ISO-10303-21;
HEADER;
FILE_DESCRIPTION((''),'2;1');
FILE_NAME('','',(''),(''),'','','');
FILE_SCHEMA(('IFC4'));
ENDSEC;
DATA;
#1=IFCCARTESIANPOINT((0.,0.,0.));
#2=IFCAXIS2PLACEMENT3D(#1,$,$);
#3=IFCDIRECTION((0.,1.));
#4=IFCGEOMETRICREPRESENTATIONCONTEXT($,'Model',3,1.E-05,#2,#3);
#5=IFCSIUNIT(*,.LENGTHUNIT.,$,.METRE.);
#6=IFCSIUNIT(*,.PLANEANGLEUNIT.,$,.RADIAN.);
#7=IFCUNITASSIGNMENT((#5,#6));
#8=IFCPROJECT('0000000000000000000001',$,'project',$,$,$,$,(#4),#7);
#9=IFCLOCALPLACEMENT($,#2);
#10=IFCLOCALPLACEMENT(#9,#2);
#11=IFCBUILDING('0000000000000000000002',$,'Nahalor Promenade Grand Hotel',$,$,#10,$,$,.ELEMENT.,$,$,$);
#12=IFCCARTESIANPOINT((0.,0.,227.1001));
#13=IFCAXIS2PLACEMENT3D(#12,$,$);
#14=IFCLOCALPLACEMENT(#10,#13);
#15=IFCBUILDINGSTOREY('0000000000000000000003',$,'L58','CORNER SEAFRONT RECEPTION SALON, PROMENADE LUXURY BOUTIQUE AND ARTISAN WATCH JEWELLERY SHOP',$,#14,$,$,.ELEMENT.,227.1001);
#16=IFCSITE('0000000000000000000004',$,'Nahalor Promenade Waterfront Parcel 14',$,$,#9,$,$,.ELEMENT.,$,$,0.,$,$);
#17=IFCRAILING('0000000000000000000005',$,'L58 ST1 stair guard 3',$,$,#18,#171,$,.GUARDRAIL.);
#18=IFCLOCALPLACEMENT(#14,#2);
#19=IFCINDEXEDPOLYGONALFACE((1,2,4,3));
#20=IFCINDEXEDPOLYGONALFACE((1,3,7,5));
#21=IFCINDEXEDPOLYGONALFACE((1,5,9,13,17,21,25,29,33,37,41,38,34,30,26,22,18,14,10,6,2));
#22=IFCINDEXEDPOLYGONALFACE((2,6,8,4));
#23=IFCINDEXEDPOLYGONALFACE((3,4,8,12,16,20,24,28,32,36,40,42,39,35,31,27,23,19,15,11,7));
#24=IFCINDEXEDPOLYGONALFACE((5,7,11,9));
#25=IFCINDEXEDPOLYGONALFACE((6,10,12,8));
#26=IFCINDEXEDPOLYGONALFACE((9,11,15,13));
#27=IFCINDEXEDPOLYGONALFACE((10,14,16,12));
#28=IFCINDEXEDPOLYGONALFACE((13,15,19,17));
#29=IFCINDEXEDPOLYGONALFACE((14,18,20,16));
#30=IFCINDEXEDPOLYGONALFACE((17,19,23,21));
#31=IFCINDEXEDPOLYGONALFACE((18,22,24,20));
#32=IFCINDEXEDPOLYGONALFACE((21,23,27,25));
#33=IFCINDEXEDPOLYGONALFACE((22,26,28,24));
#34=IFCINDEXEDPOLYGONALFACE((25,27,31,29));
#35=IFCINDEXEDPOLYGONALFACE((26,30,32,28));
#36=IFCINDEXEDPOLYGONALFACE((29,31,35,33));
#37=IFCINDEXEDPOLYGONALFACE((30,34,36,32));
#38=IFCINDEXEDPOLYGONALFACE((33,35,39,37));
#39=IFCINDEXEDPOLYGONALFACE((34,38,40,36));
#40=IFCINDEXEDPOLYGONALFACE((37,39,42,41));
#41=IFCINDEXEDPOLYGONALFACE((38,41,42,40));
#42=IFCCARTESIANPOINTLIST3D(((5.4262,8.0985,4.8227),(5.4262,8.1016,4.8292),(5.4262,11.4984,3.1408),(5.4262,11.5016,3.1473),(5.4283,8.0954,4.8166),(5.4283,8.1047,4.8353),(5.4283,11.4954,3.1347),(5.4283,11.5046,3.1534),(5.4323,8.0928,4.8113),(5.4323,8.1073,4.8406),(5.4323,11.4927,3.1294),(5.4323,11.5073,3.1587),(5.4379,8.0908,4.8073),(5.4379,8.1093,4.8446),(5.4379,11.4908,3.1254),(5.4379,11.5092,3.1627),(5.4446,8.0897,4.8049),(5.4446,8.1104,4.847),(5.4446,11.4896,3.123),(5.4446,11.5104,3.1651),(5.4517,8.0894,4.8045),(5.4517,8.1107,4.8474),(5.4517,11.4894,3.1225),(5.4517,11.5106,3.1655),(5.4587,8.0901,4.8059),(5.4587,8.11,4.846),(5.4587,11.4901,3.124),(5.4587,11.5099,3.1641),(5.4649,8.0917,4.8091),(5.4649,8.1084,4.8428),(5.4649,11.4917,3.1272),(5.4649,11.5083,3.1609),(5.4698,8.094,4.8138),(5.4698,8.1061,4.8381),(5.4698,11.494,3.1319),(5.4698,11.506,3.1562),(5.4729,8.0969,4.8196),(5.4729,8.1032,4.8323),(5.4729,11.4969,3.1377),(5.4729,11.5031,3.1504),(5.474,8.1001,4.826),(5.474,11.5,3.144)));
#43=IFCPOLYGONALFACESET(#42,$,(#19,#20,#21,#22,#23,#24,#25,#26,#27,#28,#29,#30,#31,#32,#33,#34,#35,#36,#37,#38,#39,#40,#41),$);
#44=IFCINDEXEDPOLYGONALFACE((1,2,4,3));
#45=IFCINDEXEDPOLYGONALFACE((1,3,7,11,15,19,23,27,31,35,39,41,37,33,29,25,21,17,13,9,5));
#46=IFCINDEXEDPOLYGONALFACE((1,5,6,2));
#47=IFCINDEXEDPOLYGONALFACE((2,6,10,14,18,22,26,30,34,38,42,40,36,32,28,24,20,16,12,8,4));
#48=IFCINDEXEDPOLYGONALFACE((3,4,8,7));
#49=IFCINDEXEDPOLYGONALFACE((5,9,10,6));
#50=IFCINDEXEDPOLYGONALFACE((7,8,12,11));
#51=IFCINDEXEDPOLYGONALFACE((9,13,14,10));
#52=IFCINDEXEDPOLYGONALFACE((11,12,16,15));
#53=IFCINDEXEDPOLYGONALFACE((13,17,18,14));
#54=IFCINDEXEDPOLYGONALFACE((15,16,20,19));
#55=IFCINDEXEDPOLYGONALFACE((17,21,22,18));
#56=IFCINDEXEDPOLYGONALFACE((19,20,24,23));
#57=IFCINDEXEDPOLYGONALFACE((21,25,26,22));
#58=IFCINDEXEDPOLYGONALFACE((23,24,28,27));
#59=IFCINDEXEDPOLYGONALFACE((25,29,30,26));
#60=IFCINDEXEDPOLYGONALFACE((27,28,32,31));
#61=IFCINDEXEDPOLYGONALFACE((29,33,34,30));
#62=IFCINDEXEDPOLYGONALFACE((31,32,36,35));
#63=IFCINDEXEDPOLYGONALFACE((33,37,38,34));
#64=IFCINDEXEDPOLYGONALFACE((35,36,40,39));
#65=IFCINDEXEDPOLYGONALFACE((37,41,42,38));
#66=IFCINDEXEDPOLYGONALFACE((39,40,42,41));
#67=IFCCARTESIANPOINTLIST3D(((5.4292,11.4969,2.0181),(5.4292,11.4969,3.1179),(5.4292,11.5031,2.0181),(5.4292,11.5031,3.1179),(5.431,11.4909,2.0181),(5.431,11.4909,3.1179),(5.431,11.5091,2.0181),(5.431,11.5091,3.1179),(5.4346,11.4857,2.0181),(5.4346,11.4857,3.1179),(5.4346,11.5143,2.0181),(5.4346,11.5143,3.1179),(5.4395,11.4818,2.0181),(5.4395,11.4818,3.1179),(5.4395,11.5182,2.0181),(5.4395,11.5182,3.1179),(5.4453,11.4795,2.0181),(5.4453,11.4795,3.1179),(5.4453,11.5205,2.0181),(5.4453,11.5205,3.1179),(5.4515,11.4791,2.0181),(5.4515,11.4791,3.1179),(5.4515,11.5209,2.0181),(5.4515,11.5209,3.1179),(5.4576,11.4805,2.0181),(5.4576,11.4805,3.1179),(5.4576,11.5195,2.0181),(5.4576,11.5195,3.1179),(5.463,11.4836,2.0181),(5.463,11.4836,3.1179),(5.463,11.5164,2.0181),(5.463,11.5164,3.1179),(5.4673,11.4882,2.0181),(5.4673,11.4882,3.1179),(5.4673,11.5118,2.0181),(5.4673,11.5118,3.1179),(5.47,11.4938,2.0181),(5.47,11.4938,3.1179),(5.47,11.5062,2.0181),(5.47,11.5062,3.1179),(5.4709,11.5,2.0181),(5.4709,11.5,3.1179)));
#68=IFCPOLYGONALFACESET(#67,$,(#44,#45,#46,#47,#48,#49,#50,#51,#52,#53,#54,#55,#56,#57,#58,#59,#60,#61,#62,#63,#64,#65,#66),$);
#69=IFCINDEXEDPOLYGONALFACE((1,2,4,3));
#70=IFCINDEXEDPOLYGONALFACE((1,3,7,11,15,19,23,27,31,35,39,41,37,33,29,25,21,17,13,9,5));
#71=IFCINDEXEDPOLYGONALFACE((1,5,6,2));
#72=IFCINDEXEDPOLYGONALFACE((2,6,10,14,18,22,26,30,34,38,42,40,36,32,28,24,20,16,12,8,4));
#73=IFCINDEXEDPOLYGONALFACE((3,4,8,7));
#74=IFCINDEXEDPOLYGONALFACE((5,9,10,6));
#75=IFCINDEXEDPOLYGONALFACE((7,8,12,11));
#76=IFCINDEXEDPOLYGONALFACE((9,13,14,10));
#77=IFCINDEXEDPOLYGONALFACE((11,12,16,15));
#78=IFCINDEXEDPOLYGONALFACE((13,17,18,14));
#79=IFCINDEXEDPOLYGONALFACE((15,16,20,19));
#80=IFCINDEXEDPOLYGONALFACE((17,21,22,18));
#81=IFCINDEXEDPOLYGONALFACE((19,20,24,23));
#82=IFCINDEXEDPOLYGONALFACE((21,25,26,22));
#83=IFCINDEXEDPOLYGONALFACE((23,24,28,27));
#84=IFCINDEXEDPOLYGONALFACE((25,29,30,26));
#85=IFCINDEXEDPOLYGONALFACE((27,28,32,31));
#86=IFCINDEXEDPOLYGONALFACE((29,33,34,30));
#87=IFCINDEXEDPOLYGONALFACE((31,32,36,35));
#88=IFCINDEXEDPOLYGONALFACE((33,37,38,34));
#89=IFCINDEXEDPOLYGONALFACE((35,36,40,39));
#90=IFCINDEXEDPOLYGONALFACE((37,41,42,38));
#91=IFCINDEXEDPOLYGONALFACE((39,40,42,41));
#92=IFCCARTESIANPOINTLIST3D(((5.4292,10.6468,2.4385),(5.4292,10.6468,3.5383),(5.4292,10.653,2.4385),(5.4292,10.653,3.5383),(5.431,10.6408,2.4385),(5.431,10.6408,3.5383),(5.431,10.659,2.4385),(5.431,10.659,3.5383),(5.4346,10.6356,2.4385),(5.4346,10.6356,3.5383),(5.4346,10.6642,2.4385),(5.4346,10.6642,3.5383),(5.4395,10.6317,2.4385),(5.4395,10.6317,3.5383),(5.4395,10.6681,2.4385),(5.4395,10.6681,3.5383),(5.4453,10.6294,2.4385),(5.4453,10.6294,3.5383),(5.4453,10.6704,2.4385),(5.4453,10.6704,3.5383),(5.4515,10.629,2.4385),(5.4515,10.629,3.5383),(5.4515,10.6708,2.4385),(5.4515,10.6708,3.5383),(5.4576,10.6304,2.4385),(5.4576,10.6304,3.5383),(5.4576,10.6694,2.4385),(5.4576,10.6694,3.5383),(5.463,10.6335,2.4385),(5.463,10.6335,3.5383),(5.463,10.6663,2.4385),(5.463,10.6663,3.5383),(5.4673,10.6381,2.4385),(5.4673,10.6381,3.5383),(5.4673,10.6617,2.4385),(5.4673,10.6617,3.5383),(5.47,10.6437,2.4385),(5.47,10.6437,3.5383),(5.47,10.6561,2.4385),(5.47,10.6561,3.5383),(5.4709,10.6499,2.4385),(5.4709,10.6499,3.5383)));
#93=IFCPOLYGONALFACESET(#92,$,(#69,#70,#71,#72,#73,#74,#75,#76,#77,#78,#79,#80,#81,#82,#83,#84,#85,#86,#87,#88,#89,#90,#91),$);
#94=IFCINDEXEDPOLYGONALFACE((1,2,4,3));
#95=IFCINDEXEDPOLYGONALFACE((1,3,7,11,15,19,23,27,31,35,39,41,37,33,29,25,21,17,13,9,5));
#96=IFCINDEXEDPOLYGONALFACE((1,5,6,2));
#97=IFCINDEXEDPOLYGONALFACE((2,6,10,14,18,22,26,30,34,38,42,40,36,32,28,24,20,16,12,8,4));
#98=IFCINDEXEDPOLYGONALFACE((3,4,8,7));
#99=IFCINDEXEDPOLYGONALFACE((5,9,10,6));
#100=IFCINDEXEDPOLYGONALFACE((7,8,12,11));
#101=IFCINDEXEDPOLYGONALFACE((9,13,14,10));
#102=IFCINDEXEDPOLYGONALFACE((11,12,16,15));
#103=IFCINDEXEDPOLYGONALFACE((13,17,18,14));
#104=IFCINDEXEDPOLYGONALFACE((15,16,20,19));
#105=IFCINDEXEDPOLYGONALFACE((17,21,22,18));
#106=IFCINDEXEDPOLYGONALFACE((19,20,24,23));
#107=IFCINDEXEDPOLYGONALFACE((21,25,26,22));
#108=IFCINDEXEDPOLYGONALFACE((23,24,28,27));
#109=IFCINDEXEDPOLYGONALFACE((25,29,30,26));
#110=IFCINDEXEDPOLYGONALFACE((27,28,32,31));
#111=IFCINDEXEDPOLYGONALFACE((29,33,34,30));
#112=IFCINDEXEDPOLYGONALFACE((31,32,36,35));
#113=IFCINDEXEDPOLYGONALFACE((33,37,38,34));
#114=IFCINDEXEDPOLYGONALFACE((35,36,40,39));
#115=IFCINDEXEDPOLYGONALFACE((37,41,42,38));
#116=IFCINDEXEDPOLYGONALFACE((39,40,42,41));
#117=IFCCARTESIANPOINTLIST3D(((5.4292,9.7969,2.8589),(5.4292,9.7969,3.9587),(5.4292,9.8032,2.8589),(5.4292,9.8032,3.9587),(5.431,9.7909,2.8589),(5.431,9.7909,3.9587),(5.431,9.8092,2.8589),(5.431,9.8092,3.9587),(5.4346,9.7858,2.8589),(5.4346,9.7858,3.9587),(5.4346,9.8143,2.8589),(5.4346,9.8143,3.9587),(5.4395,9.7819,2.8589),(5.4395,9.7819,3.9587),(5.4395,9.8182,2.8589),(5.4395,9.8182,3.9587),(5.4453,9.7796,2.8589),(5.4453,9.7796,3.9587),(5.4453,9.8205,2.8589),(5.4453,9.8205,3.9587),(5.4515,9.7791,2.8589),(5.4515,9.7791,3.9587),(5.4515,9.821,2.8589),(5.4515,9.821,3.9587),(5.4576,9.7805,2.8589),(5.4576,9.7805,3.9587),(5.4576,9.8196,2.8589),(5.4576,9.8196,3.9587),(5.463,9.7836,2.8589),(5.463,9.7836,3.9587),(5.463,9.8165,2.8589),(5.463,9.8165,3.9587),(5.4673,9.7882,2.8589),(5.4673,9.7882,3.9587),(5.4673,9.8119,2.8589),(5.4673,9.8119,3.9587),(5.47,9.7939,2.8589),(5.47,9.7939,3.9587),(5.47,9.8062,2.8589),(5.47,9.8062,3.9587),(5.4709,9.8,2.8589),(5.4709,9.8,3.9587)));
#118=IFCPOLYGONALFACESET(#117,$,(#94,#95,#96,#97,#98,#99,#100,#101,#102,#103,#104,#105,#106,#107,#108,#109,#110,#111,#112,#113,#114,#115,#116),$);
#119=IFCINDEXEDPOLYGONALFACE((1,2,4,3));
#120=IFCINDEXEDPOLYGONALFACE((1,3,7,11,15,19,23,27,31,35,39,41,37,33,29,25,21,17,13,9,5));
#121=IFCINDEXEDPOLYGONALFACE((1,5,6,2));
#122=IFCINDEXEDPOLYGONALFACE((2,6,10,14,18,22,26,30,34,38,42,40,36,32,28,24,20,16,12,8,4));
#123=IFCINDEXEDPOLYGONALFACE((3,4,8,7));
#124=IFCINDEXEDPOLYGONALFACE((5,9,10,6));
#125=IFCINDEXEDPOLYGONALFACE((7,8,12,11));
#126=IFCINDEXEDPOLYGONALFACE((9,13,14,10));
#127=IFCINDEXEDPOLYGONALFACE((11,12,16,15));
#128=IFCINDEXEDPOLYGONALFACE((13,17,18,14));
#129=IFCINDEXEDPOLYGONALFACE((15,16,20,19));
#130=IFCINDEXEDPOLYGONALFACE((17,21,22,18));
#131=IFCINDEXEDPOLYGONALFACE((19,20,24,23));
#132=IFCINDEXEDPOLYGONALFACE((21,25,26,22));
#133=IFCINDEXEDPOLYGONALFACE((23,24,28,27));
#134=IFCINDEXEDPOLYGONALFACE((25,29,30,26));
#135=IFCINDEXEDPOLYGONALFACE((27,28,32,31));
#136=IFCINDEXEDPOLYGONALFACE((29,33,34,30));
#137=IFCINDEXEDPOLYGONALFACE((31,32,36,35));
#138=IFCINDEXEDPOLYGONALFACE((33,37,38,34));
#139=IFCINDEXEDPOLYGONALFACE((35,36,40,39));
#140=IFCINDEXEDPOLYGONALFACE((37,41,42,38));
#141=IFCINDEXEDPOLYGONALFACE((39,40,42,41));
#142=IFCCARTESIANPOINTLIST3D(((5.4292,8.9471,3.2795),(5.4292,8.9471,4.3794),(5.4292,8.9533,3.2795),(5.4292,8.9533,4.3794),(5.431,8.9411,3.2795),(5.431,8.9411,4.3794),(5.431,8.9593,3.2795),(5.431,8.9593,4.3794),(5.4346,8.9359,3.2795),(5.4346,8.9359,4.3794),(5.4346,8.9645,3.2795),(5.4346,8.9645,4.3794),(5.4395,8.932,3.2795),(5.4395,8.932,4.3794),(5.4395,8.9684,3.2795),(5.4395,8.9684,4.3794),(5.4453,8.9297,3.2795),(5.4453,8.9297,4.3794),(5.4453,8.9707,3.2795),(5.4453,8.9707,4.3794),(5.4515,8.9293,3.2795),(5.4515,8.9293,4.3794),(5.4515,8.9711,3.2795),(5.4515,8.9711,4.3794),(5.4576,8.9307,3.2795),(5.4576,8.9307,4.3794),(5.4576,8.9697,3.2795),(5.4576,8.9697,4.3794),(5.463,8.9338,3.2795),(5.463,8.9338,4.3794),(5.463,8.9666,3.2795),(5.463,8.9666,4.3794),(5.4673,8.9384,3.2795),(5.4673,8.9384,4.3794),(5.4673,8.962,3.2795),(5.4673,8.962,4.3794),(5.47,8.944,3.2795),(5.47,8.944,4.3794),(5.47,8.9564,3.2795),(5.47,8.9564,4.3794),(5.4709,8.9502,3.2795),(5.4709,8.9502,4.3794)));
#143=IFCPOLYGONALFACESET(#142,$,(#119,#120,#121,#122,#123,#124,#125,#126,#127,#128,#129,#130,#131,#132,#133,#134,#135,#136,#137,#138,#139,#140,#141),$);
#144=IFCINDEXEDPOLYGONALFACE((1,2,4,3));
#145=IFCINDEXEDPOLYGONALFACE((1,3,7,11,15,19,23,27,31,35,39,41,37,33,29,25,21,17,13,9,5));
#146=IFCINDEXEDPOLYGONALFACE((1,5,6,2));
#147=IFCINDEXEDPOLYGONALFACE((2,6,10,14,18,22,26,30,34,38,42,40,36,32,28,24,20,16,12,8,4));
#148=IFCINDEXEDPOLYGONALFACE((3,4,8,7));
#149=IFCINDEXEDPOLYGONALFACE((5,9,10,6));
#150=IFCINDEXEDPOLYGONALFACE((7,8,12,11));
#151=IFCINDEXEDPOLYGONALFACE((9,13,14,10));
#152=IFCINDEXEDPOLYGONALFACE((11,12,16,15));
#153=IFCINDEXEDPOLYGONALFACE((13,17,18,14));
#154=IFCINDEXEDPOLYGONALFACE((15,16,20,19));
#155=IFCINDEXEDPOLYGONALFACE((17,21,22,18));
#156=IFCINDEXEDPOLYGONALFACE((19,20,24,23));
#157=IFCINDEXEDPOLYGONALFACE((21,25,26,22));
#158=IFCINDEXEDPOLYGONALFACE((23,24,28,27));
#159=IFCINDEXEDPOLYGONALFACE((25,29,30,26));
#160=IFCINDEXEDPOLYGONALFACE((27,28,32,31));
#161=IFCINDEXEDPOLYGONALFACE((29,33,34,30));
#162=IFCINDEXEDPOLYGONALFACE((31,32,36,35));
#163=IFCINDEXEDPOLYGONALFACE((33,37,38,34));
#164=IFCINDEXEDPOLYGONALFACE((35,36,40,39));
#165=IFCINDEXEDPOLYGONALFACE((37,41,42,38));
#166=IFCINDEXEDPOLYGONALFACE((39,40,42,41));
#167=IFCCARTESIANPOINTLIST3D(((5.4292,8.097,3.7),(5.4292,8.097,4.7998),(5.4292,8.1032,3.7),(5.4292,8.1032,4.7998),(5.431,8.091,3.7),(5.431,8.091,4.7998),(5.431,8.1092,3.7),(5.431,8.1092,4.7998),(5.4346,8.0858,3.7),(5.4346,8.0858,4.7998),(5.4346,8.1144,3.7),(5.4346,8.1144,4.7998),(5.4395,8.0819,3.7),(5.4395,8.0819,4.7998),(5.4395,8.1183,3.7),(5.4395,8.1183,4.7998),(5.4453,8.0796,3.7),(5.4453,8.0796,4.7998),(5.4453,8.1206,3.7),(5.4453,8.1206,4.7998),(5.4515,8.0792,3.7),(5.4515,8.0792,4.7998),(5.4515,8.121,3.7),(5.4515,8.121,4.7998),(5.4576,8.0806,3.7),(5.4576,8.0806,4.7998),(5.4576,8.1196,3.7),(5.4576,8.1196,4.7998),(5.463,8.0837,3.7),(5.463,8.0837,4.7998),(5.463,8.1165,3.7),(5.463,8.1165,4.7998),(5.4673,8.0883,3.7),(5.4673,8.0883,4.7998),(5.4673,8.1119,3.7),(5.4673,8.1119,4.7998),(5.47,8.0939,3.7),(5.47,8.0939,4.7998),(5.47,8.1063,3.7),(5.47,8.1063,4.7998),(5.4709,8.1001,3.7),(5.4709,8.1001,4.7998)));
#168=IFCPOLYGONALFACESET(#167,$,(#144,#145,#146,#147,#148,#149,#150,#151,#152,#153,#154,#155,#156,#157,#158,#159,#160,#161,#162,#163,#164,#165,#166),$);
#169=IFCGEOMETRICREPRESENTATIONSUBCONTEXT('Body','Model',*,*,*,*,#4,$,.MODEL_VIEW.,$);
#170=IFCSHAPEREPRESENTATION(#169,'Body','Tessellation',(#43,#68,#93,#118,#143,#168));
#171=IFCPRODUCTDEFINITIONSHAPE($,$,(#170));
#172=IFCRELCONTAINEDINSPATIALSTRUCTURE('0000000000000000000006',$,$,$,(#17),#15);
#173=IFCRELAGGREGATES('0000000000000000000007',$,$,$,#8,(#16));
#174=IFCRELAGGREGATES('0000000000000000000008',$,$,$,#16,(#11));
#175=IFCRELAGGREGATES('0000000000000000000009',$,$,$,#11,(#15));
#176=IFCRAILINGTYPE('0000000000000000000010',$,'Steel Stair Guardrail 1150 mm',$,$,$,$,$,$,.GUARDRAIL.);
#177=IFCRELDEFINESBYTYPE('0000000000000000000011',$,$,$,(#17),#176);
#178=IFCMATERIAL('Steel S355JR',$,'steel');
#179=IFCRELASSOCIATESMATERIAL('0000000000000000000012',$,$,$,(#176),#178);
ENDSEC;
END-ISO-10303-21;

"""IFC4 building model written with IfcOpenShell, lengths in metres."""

from ifc_helpers import new_model, si_unit, direction, frame, origin, origin_2d, place, context, subcontext, project, spatial, circle, extrude, material, type_object, element, save


model = new_model("IFC4")

# Units and contexts
model_context = context("Model", 3, precision=1e-05, world=origin(), true_north=direction((0.0, 1.0)))
body_context = subcontext(model_context, "Body", "Model", "MODEL_VIEW")
ifc_project = project(units=[si_unit("LENGTHUNIT", "METRE"), si_unit("PLANEANGLEUNIT", "RADIAN")], contexts=[model_context])

# Site, building, storey
site_placement = place(None, origin())
site = spatial("IfcSite", under=ifc_project, at=site_placement, Name="Nahalor Promenade Waterfront Parcel 14", CompositionType="ELEMENT", RefElevation=0.0)
building_placement = place(site_placement, origin())
building = spatial("IfcBuilding", under=site, at=building_placement, Name="Nahalor Promenade Grand Hotel", CompositionType="ELEMENT")
storey_placement = place(building_placement, frame((0.0, 0.0, 227.1001)))
storey = spatial("IfcBuildingStorey", under=building, at=storey_placement, Name="L58", Description="CORNER SEAFRONT RECEPTION SALON, PROMENADE LUXURY BOUTIQUE AND ARTISAN WATCH JEWELLERY SHOP", CompositionType="ELEMENT", Elevation=227.1001)

# Shared definitions
ifc_material_1 = material(Name="Steel S355JR", Category="steel")

# Railing
railing_type_1 = type_object("IfcRailingType", Name="Steel Stair Guardrail 1150 mm", PredefinedType="GUARDRAIL", material=ifc_material_1)
railing_1_placement = place(storey_placement, frame((5.45, 11.5, 2.0181)))
element("IfcRailing", 1, at=railing_1_placement, inside=storey, type_object=railing_type_1, Name="L58 ST1 stair guard 3", PredefinedType="GUARDRAIL", context=body_context, shape_type="SweptSolid", body=[
    extrude(circle(Radius=0.024, at=origin_2d()), frame((0.0, 0.0, 1.126), z_axis=(0.0, -0.896324, 0.443399), x_axis=(1.0, 0.0, 0.0)), (0.0, 0.0, 1.0), 3.7932),
    extrude(circle(Radius=0.021, at=origin_2d()), origin(), (0.0, 0.0, 1.0), 1.0999),
    extrude(circle(Radius=0.021, at=origin_2d()), frame((0.0, -0.8501, 0.4204)), (0.0, 0.0, 1.0), 1.0999),
    extrude(circle(Radius=0.021, at=origin_2d()), frame((0.0, -1.7, 0.8408)), (0.0, 0.0, 1.0), 1.0999),
    extrude(circle(Radius=0.021, at=origin_2d()), frame((0.0, -2.5498, 1.2615)), (0.0, 0.0, 1.0), 1.0999),
    extrude(circle(Radius=0.021, at=origin_2d()), frame((0.0, -3.3999, 1.6819)), (0.0, 0.0, 1.0), 1.0999),
])

save(model, "model.ifc")
